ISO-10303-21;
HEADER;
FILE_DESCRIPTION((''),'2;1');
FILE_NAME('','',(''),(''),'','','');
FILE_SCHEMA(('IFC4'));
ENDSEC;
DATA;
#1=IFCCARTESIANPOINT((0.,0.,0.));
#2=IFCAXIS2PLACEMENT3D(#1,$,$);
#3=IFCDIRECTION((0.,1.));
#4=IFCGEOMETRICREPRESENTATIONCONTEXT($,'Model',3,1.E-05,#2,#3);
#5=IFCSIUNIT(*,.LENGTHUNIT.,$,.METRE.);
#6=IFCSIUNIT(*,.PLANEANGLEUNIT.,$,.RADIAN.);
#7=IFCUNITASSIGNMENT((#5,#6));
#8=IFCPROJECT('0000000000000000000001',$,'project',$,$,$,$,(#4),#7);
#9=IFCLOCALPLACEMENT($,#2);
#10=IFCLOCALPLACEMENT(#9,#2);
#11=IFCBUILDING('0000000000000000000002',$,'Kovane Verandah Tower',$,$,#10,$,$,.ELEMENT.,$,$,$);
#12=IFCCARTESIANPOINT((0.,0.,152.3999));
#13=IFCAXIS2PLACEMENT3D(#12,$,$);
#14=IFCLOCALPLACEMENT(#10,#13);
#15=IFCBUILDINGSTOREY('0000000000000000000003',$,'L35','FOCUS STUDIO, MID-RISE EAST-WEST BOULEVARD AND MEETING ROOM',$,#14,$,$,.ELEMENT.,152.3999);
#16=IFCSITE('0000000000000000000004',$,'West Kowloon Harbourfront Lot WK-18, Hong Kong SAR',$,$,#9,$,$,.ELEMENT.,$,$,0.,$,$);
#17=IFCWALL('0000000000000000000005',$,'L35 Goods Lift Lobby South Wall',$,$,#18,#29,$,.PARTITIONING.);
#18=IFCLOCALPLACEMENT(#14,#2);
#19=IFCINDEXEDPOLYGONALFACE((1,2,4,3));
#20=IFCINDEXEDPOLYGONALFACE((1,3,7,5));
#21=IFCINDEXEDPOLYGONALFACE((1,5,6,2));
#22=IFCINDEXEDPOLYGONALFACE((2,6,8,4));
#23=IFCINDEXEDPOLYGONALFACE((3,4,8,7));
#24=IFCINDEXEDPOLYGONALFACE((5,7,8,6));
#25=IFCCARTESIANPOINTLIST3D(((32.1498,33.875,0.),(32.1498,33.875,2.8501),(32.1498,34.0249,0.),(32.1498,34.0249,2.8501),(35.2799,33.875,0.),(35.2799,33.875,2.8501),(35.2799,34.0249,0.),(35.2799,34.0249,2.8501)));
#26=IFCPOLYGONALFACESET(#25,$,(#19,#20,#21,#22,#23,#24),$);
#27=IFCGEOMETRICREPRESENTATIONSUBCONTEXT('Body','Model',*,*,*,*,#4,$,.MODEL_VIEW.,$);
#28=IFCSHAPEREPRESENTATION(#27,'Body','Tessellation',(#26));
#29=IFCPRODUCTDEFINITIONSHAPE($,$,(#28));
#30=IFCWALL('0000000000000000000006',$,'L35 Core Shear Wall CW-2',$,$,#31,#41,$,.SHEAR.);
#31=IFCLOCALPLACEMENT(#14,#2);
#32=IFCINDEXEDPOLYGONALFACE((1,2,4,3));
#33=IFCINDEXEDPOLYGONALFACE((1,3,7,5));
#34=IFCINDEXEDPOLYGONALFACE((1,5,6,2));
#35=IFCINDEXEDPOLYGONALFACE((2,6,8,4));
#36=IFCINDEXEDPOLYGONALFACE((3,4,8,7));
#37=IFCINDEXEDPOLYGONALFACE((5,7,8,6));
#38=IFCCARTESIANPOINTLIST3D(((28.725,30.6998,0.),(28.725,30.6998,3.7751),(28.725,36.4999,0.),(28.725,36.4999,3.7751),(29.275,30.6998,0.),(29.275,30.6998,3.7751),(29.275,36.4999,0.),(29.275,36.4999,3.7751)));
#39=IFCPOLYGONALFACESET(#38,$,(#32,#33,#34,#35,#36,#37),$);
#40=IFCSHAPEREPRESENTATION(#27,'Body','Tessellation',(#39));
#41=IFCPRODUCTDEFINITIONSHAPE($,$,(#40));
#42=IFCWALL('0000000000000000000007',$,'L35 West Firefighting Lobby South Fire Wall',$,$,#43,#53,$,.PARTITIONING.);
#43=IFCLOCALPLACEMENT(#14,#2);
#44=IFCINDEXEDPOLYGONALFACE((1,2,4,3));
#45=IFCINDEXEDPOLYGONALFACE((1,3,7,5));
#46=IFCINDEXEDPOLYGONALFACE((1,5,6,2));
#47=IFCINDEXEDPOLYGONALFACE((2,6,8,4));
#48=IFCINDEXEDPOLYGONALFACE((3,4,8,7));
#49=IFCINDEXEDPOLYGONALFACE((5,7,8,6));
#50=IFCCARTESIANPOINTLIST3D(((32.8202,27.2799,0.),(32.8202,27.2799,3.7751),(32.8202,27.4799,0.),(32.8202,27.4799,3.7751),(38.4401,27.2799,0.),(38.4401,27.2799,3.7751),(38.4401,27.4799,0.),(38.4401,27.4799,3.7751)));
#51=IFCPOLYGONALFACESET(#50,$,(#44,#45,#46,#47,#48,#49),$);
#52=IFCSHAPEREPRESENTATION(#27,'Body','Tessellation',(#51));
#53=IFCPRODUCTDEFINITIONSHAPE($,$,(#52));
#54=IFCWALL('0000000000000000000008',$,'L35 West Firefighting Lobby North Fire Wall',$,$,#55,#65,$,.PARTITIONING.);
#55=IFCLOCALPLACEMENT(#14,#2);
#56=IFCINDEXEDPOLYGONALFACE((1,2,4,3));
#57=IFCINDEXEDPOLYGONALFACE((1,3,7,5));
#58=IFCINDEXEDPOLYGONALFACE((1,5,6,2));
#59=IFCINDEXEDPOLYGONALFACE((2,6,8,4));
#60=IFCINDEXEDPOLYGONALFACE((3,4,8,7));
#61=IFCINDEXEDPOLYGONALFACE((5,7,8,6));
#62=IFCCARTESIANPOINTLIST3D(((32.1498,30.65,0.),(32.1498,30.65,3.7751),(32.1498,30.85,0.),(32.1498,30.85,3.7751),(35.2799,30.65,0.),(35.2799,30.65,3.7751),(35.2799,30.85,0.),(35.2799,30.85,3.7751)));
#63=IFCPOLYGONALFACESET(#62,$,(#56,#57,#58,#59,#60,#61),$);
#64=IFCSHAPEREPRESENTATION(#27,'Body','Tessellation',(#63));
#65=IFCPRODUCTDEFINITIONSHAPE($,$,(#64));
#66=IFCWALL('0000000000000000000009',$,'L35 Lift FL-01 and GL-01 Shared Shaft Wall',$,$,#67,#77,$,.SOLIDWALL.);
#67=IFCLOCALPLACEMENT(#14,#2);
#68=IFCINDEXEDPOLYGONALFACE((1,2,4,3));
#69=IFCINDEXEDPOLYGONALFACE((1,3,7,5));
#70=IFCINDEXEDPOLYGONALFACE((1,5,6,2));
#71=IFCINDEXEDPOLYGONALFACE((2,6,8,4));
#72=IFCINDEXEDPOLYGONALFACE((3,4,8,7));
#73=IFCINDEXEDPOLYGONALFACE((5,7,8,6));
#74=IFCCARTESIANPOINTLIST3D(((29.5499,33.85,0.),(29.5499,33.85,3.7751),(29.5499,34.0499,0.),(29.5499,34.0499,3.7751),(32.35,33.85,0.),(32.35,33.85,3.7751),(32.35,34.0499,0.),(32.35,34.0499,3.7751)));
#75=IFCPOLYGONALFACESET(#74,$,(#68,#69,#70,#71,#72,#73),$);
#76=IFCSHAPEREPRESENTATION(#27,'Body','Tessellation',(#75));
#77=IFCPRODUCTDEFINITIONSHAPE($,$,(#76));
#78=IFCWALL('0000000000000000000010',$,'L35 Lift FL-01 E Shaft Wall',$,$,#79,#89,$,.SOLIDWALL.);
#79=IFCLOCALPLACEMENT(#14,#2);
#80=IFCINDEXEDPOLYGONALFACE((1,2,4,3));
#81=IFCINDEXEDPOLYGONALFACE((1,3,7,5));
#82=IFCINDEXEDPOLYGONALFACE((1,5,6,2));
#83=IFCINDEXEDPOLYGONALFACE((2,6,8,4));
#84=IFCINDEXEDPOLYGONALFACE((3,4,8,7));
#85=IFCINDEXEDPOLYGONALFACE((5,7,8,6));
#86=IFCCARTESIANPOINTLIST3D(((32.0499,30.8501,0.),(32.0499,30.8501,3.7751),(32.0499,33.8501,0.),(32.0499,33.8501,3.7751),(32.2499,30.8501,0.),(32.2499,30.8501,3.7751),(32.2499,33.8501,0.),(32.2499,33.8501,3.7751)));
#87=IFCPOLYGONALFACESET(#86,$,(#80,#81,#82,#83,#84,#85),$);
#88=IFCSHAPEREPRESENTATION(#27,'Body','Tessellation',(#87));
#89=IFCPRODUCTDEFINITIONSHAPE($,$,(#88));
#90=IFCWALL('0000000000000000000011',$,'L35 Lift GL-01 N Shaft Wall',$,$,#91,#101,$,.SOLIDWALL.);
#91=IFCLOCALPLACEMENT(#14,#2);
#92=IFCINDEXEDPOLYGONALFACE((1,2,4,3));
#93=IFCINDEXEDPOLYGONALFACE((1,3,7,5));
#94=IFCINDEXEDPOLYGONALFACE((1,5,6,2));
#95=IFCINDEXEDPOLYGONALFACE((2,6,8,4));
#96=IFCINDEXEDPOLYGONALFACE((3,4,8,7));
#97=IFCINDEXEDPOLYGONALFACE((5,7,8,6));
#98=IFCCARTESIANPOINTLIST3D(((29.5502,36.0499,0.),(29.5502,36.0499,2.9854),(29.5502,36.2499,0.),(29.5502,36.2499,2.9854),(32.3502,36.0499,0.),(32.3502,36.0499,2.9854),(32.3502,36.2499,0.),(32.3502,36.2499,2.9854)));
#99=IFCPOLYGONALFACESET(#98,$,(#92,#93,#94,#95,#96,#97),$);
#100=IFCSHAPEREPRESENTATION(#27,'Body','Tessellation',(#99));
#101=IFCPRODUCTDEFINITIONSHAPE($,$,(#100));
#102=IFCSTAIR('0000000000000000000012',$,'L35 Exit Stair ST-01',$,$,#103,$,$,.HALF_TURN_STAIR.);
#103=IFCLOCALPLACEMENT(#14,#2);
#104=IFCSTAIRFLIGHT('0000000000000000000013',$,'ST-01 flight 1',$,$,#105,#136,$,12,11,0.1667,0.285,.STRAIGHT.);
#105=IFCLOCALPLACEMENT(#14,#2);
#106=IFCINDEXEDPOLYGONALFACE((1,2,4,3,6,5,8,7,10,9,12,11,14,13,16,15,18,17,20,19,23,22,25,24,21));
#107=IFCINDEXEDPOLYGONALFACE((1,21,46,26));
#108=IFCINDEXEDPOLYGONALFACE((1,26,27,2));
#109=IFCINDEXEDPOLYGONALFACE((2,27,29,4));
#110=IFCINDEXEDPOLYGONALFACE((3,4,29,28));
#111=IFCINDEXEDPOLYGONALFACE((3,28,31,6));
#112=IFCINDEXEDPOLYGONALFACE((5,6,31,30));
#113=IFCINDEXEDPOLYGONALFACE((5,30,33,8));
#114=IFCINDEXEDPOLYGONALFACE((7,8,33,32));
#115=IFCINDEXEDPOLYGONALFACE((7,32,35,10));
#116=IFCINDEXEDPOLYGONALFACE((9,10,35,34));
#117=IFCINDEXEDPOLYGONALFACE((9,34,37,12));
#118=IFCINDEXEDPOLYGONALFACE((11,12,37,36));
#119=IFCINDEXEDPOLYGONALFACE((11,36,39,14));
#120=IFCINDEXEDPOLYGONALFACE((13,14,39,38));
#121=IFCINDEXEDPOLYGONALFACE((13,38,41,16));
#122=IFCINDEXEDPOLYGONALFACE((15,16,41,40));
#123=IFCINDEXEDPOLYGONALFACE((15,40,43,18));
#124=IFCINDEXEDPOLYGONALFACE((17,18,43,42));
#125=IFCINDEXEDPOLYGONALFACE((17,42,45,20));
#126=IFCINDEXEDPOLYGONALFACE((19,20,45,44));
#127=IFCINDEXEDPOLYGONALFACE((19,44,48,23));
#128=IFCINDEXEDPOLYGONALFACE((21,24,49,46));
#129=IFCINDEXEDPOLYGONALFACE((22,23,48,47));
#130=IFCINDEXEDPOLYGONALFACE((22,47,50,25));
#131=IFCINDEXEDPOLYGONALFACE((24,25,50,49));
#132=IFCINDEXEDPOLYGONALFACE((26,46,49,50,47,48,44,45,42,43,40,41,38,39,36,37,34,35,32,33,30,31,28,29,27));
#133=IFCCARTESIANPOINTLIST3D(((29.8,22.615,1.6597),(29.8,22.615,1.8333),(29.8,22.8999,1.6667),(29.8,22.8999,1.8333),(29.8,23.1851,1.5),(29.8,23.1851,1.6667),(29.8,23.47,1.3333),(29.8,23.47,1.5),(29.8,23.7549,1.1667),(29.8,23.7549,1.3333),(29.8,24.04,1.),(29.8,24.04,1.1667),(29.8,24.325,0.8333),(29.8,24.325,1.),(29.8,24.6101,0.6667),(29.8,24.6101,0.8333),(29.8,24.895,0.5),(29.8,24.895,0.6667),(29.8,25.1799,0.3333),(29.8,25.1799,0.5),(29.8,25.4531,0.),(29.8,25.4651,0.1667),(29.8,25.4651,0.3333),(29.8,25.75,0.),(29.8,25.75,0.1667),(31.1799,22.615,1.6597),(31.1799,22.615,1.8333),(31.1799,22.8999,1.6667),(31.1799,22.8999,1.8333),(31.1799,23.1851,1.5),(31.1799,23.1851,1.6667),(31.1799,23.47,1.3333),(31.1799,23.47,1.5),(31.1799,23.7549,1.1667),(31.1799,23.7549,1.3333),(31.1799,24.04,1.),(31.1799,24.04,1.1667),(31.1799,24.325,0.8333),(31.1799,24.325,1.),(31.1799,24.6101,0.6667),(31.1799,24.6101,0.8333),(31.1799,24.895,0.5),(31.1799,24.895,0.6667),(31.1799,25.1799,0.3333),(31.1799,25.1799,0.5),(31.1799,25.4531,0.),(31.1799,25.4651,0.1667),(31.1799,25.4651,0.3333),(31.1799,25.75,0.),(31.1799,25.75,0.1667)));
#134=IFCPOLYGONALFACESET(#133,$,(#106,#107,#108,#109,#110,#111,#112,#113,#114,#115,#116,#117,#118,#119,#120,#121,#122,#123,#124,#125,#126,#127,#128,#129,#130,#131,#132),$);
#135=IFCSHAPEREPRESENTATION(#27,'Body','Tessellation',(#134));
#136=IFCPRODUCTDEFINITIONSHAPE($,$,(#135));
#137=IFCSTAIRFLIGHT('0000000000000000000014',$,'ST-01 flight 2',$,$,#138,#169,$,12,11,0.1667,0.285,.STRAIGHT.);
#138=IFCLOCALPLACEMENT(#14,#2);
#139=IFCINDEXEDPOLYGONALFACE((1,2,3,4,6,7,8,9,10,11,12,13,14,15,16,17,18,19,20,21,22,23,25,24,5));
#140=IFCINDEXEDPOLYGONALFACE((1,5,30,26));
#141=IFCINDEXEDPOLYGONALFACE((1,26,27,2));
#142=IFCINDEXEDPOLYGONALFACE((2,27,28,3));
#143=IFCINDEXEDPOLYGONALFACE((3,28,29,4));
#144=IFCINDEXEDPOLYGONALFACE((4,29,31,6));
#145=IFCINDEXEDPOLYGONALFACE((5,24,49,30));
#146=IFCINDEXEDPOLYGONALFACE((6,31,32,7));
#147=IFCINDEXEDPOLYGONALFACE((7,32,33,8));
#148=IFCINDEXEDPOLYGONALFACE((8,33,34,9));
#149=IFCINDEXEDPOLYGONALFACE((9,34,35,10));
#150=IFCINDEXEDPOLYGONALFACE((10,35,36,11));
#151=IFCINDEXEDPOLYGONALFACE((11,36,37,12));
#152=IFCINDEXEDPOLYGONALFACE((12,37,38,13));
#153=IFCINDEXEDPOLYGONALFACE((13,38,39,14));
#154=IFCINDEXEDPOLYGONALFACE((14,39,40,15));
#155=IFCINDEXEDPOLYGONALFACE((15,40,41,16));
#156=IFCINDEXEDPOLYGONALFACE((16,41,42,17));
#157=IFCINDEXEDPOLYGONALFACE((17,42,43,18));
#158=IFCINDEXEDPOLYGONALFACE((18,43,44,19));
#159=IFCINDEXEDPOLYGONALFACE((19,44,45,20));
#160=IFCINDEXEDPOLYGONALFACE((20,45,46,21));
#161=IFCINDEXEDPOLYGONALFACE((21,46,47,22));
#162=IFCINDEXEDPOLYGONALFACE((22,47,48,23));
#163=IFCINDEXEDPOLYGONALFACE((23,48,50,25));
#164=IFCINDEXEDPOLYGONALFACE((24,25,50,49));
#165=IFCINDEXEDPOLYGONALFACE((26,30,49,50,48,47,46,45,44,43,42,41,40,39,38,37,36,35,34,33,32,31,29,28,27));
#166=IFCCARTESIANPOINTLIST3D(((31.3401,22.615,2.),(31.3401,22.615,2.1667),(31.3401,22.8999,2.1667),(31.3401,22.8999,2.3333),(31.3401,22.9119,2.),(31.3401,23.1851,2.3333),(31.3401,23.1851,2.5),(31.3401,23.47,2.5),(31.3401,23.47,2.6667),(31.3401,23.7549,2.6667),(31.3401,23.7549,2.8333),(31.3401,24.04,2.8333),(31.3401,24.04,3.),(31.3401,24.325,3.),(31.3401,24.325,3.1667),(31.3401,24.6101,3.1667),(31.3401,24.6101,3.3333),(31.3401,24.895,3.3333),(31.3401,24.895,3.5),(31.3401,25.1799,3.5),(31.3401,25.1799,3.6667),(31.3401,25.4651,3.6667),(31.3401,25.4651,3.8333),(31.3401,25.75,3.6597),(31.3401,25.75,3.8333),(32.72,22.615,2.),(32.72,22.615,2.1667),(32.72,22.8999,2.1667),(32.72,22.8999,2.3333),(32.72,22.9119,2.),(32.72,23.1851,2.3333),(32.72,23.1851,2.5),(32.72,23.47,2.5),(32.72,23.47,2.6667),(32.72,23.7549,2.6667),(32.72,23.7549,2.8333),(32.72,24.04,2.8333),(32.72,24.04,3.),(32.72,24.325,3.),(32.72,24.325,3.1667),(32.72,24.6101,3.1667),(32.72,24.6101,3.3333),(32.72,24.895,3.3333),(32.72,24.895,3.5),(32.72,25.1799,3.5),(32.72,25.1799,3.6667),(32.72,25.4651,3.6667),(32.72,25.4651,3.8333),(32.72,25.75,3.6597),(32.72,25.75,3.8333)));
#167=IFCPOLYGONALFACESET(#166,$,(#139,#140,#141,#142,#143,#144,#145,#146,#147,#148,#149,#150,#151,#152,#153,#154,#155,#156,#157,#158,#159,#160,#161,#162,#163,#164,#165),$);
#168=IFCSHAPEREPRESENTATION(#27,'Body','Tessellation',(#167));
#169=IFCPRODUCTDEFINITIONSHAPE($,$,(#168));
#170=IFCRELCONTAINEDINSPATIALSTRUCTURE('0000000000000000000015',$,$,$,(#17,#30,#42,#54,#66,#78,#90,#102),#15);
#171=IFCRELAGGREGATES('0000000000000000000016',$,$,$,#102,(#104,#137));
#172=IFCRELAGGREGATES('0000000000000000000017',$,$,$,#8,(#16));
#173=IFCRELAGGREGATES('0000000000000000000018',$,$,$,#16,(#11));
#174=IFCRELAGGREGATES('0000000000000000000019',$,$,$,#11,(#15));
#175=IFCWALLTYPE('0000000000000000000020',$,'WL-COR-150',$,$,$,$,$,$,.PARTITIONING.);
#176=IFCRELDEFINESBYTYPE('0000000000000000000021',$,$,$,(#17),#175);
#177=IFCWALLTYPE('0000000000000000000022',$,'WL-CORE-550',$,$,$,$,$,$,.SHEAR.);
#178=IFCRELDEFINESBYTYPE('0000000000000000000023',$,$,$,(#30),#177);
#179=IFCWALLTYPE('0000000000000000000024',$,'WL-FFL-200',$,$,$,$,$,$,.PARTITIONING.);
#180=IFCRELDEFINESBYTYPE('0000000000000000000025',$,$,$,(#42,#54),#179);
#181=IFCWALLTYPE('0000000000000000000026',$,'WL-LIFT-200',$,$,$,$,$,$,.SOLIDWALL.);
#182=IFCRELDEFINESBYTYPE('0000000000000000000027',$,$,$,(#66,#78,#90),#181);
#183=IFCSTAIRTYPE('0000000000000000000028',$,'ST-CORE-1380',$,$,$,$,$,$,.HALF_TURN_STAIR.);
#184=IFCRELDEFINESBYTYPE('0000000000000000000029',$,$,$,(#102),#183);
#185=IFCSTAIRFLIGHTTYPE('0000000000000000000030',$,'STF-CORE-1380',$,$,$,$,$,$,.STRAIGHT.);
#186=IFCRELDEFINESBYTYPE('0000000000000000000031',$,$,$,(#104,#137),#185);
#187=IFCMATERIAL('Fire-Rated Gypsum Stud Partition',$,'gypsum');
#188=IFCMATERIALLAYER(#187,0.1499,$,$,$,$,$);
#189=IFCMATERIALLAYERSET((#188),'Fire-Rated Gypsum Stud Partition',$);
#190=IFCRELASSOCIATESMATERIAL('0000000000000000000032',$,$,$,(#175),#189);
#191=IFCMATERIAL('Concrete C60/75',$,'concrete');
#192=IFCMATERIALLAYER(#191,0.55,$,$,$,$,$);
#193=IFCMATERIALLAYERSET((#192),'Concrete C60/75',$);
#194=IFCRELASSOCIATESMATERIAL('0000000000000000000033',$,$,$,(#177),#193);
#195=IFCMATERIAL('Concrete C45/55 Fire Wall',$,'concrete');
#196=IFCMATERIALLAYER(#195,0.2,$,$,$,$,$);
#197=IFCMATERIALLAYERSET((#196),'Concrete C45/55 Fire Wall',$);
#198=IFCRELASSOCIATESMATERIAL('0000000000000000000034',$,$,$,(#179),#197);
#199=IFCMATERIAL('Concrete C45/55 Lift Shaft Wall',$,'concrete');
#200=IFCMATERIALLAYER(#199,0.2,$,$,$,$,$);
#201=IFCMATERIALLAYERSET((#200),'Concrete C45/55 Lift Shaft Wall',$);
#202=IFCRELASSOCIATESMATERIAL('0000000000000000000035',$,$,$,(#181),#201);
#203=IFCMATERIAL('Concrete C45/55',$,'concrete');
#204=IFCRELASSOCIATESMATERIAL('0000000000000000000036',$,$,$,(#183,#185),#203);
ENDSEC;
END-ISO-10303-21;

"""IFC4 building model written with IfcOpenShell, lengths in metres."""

from ifc_helpers import new_model, si_unit, direction, frame, frame_2d, origin, place, context, subcontext, project, spatial, polyline, rectangle, outline, extrude, material, layer, layer_set, type_object, element, aggregate, save


model = new_model("IFC4")

# Units and contexts
model_context = context("Model", 3, precision=1e-05, world=origin(), true_north=direction((0.0, 1.0)))
body_context = subcontext(model_context, "Body", "Model", "MODEL_VIEW")
ifc_project = project(units=[si_unit("LENGTHUNIT", "METRE"), si_unit("PLANEANGLEUNIT", "RADIAN")], contexts=[model_context])

# Site, building, storey
site_placement = place(None, origin())
site = spatial("IfcSite", under=ifc_project, at=site_placement, Name="West Kowloon Harbourfront Lot WK-18, Hong Kong SAR", CompositionType="ELEMENT", RefElevation=0.0)
building_placement = place(site_placement, origin())
building = spatial("IfcBuilding", under=site, at=building_placement, Name="Kovane Verandah Tower", CompositionType="ELEMENT")
storey_placement = place(building_placement, frame((0.0, 0.0, 152.3999)))
storey = spatial("IfcBuildingStorey", under=building, at=storey_placement, Name="L35", Description="FOCUS STUDIO, MID-RISE EAST-WEST BOULEVARD AND MEETING ROOM", CompositionType="ELEMENT", Elevation=152.3999)

# Walls
ifc_material_1 = material(Name="Fire-Rated Gypsum Stud Partition", Category="gypsum")
ifc_layer_1 = layer(ifc_material_1, 0.1499)
ifc_layer_set_1 = layer_set([ifc_layer_1], Name="Fire-Rated Gypsum Stud Partition")
wall_type_1 = type_object("IfcWallType", Name="WL-COR-150", PredefinedType="PARTITIONING", material=ifc_layer_set_1)
wall_1_placement = place(storey_placement, frame((32.1499, 33.95, 0.0), z_axis=(0.0, 0.0, 1.0), x_axis=(1.0, 0.0, 0.0)))
element("IfcWall", 1, at=wall_1_placement, inside=storey, type_object=wall_type_1, Name="L35 Goods Lift Lobby South Wall", PredefinedType="PARTITIONING", context=body_context, shape_type="SweptSolid", body=[
    extrude(rectangle(XDim=3.1301, YDim=0.1499, at=frame_2d((1.5649, 0.0))), origin(), (0.0, 0.0, 1.0), 2.8501),
])
ifc_material_2 = material(Name="Concrete C60/75", Category="concrete")
ifc_layer_2 = layer(ifc_material_2, 0.55)
ifc_layer_set_2 = layer_set([ifc_layer_2], Name="Concrete C60/75")
wall_type_2 = type_object("IfcWallType", Name="WL-CORE-550", PredefinedType="SHEAR", material=ifc_layer_set_2)
wall_2_placement = place(storey_placement, frame((29.0, 30.7, 0.0), z_axis=(0.0, 0.0, 1.0), x_axis=(0.0, 1.0, 0.0)))
element("IfcWall", 2, at=wall_2_placement, inside=storey, type_object=wall_type_2, Name="L35 Core Shear Wall CW-2", PredefinedType="SHEAR", context=body_context, shape_type="SweptSolid", body=[
    extrude(rectangle(XDim=5.8, YDim=0.55, at=frame_2d((2.8999, 0.0))), origin(), (0.0, 0.0, 1.0), 3.7751),
])

# Shared definitions
ifc_material_3 = material(Name="Concrete C45/55 Fire Wall", Category="concrete")
ifc_layer_3 = layer(ifc_material_3, 0.2)
ifc_layer_set_3 = layer_set([ifc_layer_3], Name="Concrete C45/55 Fire Wall")
wall_type_3 = type_object("IfcWallType", Name="WL-FFL-200", PredefinedType="PARTITIONING", material=ifc_layer_set_3)

# Walls
wall_3_placement = place(storey_placement, frame((32.8201, 27.3799, 0.0), z_axis=(0.0, 0.0, 1.0), x_axis=(1.0, 0.0, 0.0)))
element("IfcWall", 3, at=wall_3_placement, inside=storey, type_object=wall_type_3, Name="L35 West Firefighting Lobby South Fire Wall", PredefinedType="PARTITIONING", context=body_context, shape_type="SweptSolid", body=[
    extrude(rectangle(XDim=5.6199, YDim=0.2, at=frame_2d((2.8101, 0.0))), origin(), (0.0, 0.0, 1.0), 3.7751),
])
wall_4_placement = place(storey_placement, frame((32.1499, 30.75, 0.0), z_axis=(0.0, 0.0, 1.0), x_axis=(1.0, 0.0, 0.0)))
element("IfcWall", 4, at=wall_4_placement, inside=storey, type_object=wall_type_3, Name="L35 West Firefighting Lobby North Fire Wall", PredefinedType="PARTITIONING", context=body_context, shape_type="SweptSolid", body=[
    extrude(rectangle(XDim=3.1301, YDim=0.2, at=frame_2d((1.5649, 0.0))), origin(), (0.0, 0.0, 1.0), 3.7751),
])

# Shared definitions
ifc_material_4 = material(Name="Concrete C45/55 Lift Shaft Wall", Category="concrete")
ifc_layer_4 = layer(ifc_material_4, 0.2)
ifc_layer_set_4 = layer_set([ifc_layer_4], Name="Concrete C45/55 Lift Shaft Wall")
wall_type_4 = type_object("IfcWallType", Name="WL-LIFT-200", PredefinedType="SOLIDWALL", material=ifc_layer_set_4)

# Walls
wall_5_placement = place(storey_placement, frame((29.55, 33.95, 0.0), z_axis=(0.0, 0.0, 1.0), x_axis=(1.0, 0.0, 0.0)))
element("IfcWall", 5, at=wall_5_placement, inside=storey, type_object=wall_type_4, Name="L35 Lift FL-01 and GL-01 Shared Shaft Wall", PredefinedType="SOLIDWALL", context=body_context, shape_type="SweptSolid", body=[
    extrude(rectangle(XDim=2.8, YDim=0.2, at=frame_2d((1.3999, 0.0))), origin(), (0.0, 0.0, 1.0), 3.7751),
])
wall_6_placement = place(storey_placement, frame((32.1499, 30.8501, 0.0), z_axis=(0.0, 0.0, 1.0), x_axis=(0.0, 1.0, 0.0)))
element("IfcWall", 6, at=wall_6_placement, inside=storey, type_object=wall_type_4, Name="L35 Lift FL-01 E Shaft Wall", PredefinedType="SOLIDWALL", context=body_context, shape_type="SweptSolid", body=[
    extrude(rectangle(XDim=3.0, YDim=0.2, at=frame_2d((1.5, 0.0))), origin(), (0.0, 0.0, 1.0), 3.7751),
])
wall_7_placement = place(storey_placement, frame((32.3501, 36.1499, 0.0), z_axis=(0.0, 0.0, 1.0), x_axis=(-1.0, 0.0, 0.0)))
element("IfcWall", 7, at=wall_7_placement, inside=storey, type_object=wall_type_4, Name="L35 Lift GL-01 N Shaft Wall", PredefinedType="SOLIDWALL", context=body_context, shape_type="SweptSolid", body=[
    extrude(rectangle(XDim=2.8, YDim=0.2, at=frame_2d((1.3999, 0.0))), origin(), (0.0, 0.0, 1.0), 2.9854),
])

# Shared definitions
ifc_material_5 = material(Name="Concrete C45/55", Category="concrete")

# Stair, stair flights
stair_type = type_object("IfcStairType", Name="ST-CORE-1380", PredefinedType="HALF_TURN_STAIR", material=ifc_material_5)
stair_placement = place(storey_placement, origin())
stair = element("IfcStair", 8, at=stair_placement, inside=storey, type_object=stair_type, Name="L35 Exit Stair ST-01", PredefinedType="HALF_TURN_STAIR")
stair_flight_type = type_object("IfcStairFlightType", Name="STF-CORE-1380", PredefinedType="STRAIGHT", material=ifc_material_5)
stair_flight_1_placement = place(storey_placement, frame((30.49, 25.75, 0.0), z_axis=(0.0, 0.0, 1.0), x_axis=(0.0, -1.0, 0.0)))
stair_flight_1 = element("IfcStairFlight", 9, at=stair_flight_1_placement, type_object=stair_flight_type, Name="ST-01 flight 1", NumberOfRisers=12, NumberOfTreads=11, PredefinedType="STRAIGHT", RiserHeight=0.1667, TreadLength=0.285, context=body_context, shape_type="SweptSolid", body=[
    extrude(outline(polyline([(0.0, 0.0), (0.0, 0.1667), (0.2849, 0.1667), (0.2849, 0.3333), (0.5701, 0.3333), (0.5701, 0.5), (0.855, 0.5), (0.855, 0.6667), (1.1399, 0.6667), (1.1399, 0.8333), (1.425, 0.8333), (1.425, 1.0), (1.71, 1.0), (1.71, 1.1667), (1.9951, 1.1667), (1.9951, 1.3333), (2.28, 1.3333), (2.28, 1.5), (2.5649, 1.5), (2.5649, 1.6667), (2.8501, 1.6667), (2.8501, 1.8333), (3.135, 1.8333), (3.135, 2.0), (3.135, 1.6597), (0.2969, 0.0), (0.0, 0.0)])), frame((0.0, 0.6899, 0.0), z_axis=(0.0, -1.0, 0.0), x_axis=(1.0, 0.0, 0.0)), (0.0, 0.0, 1.0), 1.3799),
])
stair_flight_2_placement = place(storey_placement, frame((32.03, 22.615, 2.0), z_axis=(0.0, 0.0, 1.0), x_axis=(0.0, 1.0, 0.0)))
stair_flight_2 = element("IfcStairFlight", 10, at=stair_flight_2_placement, type_object=stair_flight_type, Name="ST-01 flight 2", NumberOfRisers=12, NumberOfTreads=11, PredefinedType="STRAIGHT", RiserHeight=0.1667, TreadLength=0.285, context=body_context, shape_type="SweptSolid", body=[
    extrude(outline(polyline([(0.0, 0.0), (0.0, 0.1667), (0.2849, 0.1667), (0.2849, 0.3333), (0.5701, 0.3333), (0.5701, 0.5), (0.855, 0.5), (0.855, 0.6667), (1.1399, 0.6667), (1.1399, 0.8333), (1.425, 0.8333), (1.425, 1.0), (1.71, 1.0), (1.71, 1.1667), (1.9951, 1.1667), (1.9951, 1.3333), (2.28, 1.3333), (2.28, 1.5), (2.5649, 1.5), (2.5649, 1.6667), (2.8501, 1.6667), (2.8501, 1.8333), (3.135, 1.8333), (3.135, 2.0), (3.135, 1.6597), (0.2969, 0.0), (0.0, 0.0)])), frame((0.0, 0.6899, 0.0), z_axis=(0.0, -1.0, 0.0), x_axis=(1.0, 0.0, 0.0)), (0.0, 0.0, 1.0), 1.3799),
])
aggregate(stair, [stair_flight_1, stair_flight_2])

save(model, "model.ifc")
